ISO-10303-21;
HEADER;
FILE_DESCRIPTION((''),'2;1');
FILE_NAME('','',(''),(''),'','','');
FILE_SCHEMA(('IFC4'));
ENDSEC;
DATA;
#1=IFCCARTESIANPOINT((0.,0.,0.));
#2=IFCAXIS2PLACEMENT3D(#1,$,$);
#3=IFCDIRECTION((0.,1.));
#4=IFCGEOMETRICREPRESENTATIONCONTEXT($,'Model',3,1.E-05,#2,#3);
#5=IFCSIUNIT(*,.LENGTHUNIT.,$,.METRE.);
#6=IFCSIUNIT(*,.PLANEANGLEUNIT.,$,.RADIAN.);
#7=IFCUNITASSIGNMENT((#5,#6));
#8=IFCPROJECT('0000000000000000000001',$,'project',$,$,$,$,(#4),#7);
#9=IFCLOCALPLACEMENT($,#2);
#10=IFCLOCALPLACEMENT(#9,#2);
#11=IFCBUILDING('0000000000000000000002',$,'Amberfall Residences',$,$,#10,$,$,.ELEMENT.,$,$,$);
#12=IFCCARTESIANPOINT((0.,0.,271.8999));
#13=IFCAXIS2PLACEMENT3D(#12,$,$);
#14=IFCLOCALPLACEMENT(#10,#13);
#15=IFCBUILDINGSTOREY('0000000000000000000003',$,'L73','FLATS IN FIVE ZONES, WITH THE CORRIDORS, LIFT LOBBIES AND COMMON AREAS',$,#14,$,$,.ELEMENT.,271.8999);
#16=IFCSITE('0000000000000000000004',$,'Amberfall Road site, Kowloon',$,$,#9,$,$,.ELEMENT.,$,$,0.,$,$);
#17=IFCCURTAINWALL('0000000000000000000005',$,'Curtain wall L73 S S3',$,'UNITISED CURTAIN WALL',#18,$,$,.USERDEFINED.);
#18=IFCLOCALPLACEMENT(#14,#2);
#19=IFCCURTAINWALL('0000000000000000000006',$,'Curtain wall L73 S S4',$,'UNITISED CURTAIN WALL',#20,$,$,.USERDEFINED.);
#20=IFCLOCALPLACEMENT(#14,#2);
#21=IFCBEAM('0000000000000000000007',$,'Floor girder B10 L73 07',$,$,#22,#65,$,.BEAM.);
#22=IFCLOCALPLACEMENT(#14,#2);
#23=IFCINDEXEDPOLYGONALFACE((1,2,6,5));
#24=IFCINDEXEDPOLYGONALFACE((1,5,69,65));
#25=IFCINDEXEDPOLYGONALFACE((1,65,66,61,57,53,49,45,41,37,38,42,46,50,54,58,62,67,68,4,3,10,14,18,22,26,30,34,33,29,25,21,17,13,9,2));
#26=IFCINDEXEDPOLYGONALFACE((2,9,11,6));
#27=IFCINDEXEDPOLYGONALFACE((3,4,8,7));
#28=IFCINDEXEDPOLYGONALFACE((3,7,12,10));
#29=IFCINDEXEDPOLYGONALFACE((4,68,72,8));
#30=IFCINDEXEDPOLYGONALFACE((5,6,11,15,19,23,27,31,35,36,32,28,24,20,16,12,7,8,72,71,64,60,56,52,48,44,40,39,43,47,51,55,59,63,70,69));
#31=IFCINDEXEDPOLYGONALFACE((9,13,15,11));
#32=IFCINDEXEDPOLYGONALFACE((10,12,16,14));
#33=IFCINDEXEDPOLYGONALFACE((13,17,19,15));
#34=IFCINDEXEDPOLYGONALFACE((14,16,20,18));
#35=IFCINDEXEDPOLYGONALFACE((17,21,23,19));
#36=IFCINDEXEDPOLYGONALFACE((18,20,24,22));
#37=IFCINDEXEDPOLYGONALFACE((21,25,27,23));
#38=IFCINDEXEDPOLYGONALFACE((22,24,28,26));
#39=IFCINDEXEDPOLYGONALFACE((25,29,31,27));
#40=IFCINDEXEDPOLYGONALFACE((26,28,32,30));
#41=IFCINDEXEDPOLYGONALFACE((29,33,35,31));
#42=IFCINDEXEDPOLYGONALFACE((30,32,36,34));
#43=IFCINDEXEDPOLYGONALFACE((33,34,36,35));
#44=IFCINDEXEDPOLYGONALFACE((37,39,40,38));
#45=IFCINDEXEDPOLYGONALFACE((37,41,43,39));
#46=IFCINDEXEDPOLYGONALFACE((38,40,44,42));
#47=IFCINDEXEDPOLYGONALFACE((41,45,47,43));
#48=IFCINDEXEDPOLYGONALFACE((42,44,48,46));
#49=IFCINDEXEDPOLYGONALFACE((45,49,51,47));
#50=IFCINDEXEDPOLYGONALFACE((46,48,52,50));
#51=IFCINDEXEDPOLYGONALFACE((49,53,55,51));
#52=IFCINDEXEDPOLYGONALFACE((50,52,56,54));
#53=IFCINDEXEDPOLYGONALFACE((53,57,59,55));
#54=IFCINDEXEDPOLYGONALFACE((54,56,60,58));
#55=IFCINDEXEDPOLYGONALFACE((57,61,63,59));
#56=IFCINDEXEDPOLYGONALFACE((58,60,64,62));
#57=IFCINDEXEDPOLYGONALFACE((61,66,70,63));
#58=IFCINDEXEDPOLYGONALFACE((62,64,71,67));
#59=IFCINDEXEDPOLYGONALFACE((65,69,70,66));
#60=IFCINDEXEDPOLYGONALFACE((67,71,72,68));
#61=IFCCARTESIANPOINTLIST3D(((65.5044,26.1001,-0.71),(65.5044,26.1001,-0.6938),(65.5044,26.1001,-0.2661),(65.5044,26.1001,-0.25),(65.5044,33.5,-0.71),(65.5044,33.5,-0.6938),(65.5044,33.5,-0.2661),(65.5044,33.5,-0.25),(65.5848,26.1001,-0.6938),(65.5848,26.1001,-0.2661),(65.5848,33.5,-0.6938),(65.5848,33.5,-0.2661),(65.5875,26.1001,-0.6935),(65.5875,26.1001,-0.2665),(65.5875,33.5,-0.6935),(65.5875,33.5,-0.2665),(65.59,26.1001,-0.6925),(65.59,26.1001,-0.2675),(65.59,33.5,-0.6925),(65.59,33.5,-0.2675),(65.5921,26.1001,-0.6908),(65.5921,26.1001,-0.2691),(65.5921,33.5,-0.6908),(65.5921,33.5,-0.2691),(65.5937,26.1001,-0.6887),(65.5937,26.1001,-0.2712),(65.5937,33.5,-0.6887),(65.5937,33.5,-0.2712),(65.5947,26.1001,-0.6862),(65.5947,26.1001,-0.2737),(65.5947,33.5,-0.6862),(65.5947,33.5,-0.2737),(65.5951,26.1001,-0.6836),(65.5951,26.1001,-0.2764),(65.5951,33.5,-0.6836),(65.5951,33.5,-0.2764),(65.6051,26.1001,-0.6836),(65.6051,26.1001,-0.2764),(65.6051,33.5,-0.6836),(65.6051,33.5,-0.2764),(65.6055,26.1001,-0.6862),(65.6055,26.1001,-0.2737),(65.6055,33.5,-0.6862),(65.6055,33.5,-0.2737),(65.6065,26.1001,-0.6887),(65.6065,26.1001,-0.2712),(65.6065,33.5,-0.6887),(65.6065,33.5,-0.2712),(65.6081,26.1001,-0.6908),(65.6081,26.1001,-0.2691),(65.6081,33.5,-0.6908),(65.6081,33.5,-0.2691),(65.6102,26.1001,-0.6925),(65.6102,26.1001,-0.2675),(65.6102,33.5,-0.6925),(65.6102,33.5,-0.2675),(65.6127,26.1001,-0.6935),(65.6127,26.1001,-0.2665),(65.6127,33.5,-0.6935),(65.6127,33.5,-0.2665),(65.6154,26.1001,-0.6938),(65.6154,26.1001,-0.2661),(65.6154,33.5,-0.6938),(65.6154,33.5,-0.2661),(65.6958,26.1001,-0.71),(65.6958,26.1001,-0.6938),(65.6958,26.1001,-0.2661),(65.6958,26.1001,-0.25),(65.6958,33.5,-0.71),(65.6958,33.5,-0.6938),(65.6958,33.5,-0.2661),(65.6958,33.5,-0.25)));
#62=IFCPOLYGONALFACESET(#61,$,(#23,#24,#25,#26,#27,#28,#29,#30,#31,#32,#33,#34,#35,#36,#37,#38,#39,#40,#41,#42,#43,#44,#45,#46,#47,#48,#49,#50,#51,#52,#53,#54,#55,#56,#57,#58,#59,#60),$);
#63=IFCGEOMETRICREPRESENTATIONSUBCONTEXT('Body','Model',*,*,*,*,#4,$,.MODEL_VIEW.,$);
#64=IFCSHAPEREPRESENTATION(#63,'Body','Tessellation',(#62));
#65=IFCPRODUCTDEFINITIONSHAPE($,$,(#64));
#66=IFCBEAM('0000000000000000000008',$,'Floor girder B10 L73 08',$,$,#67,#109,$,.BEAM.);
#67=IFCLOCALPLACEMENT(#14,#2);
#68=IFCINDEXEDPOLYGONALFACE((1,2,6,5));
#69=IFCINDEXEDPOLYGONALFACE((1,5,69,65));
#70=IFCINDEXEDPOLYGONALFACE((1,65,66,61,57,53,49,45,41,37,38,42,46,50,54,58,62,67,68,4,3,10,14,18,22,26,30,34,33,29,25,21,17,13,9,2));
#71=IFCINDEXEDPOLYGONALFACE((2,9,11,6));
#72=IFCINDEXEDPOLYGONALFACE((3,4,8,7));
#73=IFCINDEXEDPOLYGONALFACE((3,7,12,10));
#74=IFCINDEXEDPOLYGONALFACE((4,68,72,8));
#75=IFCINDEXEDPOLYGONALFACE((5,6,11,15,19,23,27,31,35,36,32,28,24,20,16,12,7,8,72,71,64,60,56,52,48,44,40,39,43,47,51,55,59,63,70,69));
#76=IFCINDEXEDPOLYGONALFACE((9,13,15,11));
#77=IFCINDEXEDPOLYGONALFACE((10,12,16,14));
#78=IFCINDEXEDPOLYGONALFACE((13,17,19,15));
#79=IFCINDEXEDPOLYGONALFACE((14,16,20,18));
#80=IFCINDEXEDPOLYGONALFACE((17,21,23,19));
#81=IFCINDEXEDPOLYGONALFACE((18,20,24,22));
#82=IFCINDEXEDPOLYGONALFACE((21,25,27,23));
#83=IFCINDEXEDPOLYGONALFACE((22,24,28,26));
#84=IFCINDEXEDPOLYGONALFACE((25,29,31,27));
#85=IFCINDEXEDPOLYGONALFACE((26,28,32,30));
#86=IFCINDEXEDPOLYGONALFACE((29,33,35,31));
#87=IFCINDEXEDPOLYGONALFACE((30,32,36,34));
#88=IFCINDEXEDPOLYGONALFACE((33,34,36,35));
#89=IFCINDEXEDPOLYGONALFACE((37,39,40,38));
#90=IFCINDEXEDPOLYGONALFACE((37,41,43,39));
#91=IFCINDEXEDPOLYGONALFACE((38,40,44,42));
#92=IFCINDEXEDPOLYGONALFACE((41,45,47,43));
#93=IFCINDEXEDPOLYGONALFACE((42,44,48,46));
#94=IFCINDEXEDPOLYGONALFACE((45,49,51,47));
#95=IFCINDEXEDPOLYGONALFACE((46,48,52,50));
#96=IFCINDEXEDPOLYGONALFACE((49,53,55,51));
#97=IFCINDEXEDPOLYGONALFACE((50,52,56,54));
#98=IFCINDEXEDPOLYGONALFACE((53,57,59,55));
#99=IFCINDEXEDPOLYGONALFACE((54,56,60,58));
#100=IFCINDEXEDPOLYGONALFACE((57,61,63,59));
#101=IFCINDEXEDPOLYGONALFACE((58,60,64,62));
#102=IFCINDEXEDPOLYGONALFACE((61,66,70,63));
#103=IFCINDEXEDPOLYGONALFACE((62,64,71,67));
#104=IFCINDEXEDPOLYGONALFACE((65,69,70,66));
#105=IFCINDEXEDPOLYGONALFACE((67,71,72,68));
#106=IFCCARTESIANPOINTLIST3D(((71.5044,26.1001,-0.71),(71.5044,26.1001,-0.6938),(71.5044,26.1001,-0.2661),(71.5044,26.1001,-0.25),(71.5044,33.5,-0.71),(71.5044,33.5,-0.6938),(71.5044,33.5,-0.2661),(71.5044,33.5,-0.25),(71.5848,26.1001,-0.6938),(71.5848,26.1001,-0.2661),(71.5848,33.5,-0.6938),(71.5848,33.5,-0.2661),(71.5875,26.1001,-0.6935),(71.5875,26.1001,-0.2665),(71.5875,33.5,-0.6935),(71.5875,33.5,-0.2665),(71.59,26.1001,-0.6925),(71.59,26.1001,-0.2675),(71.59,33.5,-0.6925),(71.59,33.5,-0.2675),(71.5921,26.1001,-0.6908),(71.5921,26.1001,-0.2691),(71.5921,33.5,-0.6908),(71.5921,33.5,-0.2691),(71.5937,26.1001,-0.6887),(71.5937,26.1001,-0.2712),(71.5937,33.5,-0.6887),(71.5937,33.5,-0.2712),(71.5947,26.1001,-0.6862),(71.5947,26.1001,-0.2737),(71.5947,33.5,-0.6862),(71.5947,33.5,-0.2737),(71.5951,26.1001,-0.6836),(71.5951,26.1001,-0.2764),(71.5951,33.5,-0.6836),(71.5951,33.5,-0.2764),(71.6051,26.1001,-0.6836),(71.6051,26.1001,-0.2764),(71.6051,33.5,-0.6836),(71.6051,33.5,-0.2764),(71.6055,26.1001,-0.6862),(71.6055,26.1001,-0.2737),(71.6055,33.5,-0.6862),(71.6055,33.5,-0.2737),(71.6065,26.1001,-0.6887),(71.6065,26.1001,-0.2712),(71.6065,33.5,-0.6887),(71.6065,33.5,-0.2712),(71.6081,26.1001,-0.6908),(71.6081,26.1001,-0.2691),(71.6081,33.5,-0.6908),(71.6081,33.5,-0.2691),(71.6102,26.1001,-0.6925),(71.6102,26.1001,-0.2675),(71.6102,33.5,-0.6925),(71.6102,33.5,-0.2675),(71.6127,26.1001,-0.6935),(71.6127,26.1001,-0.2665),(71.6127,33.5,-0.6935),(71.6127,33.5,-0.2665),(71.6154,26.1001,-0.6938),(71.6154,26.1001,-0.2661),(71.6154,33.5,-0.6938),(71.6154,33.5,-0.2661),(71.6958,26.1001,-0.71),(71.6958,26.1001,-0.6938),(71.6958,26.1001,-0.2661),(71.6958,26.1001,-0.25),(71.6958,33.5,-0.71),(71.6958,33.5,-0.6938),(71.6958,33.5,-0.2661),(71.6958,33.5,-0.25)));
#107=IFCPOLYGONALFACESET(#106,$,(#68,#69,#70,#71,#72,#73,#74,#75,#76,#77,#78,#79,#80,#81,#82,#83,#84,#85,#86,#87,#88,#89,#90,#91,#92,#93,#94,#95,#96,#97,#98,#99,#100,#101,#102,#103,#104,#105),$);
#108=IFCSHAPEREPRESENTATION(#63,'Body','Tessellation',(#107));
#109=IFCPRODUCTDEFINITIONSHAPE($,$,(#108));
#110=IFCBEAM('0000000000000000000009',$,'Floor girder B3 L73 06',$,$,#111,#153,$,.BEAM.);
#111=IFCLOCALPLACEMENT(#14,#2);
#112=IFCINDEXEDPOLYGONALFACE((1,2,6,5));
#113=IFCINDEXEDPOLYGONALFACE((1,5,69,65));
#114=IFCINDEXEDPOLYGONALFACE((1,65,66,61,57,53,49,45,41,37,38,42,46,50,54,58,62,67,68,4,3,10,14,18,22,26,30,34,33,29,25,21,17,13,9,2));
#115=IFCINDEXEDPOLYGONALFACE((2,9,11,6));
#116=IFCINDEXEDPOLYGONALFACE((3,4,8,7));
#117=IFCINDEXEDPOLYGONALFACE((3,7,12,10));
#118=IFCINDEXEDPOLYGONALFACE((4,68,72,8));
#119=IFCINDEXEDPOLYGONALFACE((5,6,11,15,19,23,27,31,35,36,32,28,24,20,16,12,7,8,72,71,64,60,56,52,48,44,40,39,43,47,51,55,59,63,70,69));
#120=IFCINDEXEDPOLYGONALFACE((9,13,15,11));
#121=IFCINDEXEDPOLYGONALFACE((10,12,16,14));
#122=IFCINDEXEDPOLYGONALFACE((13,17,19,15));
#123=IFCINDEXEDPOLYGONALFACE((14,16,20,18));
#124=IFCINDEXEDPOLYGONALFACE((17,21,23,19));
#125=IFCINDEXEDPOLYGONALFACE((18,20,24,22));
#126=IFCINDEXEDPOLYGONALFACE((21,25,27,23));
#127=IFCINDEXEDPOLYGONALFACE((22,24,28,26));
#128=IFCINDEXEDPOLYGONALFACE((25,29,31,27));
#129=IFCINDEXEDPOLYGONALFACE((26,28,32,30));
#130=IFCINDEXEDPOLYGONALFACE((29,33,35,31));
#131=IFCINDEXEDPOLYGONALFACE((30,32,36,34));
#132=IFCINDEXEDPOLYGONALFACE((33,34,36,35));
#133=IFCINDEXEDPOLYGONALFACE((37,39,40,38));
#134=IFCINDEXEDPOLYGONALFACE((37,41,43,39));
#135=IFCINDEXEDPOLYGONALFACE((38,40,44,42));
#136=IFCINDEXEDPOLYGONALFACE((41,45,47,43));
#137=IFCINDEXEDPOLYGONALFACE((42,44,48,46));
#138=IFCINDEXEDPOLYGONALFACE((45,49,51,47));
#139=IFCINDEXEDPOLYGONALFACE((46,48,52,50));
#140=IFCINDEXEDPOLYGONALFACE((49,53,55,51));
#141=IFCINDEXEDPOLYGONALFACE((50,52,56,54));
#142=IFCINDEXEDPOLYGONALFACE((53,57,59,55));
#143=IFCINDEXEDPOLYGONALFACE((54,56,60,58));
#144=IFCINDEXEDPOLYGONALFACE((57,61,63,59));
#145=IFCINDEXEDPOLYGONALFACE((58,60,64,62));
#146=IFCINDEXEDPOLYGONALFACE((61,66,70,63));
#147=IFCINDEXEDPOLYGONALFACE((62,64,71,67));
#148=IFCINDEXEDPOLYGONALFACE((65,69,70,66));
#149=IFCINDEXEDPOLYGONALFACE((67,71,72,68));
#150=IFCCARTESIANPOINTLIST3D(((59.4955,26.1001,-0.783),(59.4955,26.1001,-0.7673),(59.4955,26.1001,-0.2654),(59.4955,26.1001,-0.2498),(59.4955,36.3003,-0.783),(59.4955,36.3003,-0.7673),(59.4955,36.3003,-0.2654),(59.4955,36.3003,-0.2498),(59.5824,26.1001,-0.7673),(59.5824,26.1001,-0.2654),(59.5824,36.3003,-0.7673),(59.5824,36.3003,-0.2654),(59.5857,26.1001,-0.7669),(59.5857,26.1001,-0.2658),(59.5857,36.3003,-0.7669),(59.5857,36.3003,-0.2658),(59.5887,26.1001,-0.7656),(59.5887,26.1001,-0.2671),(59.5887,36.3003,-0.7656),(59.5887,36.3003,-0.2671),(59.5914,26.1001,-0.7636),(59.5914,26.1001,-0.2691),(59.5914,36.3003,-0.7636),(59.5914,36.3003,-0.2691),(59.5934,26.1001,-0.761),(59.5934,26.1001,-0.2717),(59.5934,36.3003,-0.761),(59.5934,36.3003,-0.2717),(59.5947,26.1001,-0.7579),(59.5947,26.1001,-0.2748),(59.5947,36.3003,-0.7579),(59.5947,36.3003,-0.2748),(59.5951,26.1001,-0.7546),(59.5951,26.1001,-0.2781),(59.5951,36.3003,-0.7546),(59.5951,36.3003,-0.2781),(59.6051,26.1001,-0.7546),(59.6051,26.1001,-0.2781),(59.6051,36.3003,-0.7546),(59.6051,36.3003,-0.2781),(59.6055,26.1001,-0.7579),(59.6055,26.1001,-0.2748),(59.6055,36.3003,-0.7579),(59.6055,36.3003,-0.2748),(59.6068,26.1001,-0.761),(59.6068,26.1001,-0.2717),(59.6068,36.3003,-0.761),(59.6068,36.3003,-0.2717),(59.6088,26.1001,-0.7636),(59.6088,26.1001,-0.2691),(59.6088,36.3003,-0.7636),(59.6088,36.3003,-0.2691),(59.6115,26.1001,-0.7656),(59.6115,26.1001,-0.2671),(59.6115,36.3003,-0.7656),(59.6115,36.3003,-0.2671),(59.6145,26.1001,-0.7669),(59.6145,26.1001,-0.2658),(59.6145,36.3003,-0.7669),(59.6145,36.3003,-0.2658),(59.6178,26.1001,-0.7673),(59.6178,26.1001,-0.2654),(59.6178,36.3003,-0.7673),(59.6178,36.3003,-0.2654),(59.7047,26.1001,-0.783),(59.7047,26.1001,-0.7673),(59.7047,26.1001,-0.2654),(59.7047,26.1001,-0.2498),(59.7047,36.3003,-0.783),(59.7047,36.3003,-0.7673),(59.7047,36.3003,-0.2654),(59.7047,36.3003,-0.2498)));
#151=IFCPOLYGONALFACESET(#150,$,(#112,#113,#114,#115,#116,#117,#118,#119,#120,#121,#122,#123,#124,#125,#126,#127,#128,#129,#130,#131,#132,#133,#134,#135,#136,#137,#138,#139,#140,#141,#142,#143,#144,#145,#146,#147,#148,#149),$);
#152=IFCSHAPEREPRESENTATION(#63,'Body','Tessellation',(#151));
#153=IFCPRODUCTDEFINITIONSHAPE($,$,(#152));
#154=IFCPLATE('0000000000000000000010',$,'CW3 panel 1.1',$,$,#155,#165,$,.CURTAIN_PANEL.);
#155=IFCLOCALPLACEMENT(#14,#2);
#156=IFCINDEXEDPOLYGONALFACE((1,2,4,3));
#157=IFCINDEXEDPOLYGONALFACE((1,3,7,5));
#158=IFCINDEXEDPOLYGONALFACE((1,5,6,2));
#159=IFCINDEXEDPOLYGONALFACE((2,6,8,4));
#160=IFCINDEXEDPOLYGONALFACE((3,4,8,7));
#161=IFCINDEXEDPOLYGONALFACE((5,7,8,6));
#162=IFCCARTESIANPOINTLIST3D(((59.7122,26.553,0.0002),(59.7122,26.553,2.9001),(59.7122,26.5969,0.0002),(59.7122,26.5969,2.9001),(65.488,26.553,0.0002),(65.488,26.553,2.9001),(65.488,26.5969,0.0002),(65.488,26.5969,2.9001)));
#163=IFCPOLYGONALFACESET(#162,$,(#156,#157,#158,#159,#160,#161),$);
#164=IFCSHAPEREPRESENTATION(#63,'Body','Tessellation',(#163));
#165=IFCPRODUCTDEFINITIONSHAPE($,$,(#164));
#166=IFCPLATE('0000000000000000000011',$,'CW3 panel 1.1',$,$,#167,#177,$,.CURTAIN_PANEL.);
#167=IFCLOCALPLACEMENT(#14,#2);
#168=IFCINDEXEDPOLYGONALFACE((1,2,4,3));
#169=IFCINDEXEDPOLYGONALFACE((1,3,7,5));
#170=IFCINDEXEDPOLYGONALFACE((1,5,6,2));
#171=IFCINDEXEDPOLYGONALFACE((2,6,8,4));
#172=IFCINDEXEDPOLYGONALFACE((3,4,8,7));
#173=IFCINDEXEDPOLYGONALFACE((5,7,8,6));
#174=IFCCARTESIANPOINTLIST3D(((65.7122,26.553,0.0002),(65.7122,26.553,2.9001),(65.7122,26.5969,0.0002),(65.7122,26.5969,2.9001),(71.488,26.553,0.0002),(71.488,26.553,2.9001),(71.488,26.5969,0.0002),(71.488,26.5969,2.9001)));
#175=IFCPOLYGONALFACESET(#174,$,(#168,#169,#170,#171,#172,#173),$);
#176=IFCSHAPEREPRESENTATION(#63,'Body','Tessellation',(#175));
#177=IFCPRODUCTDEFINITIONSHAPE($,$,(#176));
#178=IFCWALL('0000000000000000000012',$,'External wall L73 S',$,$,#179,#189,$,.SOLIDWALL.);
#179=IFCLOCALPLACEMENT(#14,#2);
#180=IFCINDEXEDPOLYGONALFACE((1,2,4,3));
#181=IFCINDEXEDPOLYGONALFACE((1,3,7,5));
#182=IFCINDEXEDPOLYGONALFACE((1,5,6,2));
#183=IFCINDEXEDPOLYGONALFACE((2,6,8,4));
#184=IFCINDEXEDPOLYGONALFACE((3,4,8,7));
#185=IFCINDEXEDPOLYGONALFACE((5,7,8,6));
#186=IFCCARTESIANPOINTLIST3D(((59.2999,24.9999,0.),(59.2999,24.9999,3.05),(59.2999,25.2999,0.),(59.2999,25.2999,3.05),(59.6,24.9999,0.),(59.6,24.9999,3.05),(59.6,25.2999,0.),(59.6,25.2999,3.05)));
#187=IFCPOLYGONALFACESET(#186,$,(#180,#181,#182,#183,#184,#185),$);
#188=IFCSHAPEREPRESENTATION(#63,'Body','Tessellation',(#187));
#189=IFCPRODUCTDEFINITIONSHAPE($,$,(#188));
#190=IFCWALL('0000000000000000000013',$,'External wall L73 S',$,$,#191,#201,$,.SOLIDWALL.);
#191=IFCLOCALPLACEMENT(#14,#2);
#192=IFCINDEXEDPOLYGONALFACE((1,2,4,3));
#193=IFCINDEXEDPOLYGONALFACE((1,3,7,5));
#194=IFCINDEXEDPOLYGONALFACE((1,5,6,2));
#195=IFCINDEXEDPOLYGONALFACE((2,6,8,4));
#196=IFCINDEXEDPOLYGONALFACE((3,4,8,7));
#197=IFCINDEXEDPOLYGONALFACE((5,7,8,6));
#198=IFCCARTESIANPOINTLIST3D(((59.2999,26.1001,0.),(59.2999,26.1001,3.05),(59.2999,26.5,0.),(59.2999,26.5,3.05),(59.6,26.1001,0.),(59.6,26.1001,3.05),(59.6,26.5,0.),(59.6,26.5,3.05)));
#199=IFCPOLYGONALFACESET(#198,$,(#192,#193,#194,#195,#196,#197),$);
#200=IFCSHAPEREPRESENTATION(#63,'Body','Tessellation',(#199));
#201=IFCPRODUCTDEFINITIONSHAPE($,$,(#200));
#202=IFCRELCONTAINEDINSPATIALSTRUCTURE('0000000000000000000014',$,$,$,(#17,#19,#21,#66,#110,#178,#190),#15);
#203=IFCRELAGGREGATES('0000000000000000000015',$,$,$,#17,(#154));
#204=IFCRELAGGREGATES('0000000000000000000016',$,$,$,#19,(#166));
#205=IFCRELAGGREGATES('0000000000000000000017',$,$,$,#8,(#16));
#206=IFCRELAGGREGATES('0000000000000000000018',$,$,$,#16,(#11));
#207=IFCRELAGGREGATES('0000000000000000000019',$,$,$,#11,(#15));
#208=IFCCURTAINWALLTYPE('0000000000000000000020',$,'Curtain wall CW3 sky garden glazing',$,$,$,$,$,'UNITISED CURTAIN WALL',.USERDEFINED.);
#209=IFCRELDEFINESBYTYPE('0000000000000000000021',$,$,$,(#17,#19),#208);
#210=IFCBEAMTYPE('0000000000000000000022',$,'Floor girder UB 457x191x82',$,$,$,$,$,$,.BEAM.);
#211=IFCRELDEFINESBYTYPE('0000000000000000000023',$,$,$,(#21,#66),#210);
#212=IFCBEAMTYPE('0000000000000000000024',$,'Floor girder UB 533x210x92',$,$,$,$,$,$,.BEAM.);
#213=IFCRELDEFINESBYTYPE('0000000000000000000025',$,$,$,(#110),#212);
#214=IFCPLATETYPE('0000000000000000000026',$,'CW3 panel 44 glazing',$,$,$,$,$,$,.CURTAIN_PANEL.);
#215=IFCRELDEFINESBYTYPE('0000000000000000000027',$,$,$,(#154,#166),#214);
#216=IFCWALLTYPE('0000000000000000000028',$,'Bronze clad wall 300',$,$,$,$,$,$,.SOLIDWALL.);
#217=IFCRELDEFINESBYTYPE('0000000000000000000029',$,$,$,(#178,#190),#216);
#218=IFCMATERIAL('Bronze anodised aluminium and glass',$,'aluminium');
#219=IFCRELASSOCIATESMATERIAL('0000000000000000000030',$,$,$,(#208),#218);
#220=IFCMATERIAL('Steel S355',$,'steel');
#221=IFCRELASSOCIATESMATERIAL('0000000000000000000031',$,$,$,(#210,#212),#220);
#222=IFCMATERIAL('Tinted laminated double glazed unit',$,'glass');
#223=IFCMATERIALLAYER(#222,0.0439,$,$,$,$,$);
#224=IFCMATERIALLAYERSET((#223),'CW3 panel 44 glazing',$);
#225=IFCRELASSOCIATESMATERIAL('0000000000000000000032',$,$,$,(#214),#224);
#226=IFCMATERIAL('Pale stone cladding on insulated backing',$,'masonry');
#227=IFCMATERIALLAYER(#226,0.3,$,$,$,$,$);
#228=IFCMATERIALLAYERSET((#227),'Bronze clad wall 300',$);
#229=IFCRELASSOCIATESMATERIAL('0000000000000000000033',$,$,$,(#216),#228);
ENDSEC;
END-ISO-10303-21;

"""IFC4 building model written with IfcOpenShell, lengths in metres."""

from ifc_helpers import new_model, si_unit, direction, frame, frame_2d, origin, origin_2d, place, context, subcontext, project, spatial, rectangle, i_section, extrude, material, layer, layer_set, material_profile, profile_set, type_object, element, aggregate, save


model = new_model("IFC4")

# Units and contexts
model_context = context("Model", 3, precision=1e-05, world=origin(), true_north=direction((0.0, 1.0)))
body_context = subcontext(model_context, "Body", "Model", "MODEL_VIEW")
ifc_project = project(units=[si_unit("LENGTHUNIT", "METRE"), si_unit("PLANEANGLEUNIT", "RADIAN")], contexts=[model_context])

# Site, building, storey
site_placement = place(None, origin())
site = spatial("IfcSite", under=ifc_project, at=site_placement, Name="Amberfall Road site, Kowloon", CompositionType="ELEMENT", RefElevation=0.0)
building_placement = place(site_placement, origin())
building = spatial("IfcBuilding", under=site, at=building_placement, Name="Amberfall Residences", CompositionType="ELEMENT")
storey_placement = place(building_placement, frame((0.0, 0.0, 271.8999)))
storey = spatial("IfcBuildingStorey", under=building, at=storey_placement, Name="L73", Description="FLATS IN FIVE ZONES, WITH THE CORRIDORS, LIFT LOBBIES AND COMMON AREAS", CompositionType="ELEMENT", Elevation=271.8999)

# Curtain walls
ifc_material_1 = material(Name="Bronze anodised aluminium and glass", Category="aluminium")
curtain_wall_type_1 = type_object("IfcCurtainWallType", Name="Curtain wall CW3 sky garden glazing", ElementType="UNITISED CURTAIN WALL", PredefinedType="USERDEFINED", material=ifc_material_1)
curtain_wall_1_placement = place(storey_placement, origin())
curtain_wall_1 = element("IfcCurtainWall", 1, at=curtain_wall_1_placement, inside=storey, type_object=curtain_wall_type_1, Name="Curtain wall L73 S S3", ObjectType="UNITISED CURTAIN WALL", PredefinedType="USERDEFINED")
curtain_wall_2_placement = place(storey_placement, origin())
curtain_wall_2 = element("IfcCurtainWall", 2, at=curtain_wall_2_placement, inside=storey, type_object=curtain_wall_type_1, Name="Curtain wall L73 S S4", ObjectType="UNITISED CURTAIN WALL", PredefinedType="USERDEFINED")

# Shared definitions
ifc_material_2 = material(Name="Steel S355", Category="steel")

# Beams
ifc_material_profile_1 = material_profile(ifc_material_2, i_section(OverallWidth=0.1914, OverallDepth=0.46, WebThickness=0.01, FlangeThickness=0.0161, FilletRadius=0.0103, at=origin_2d()), Name="UB 457x191x82")
ifc_profile_set_1 = profile_set([ifc_material_profile_1], Name="Steel S355")
beam_type_1 = type_object("IfcBeamType", Name="Floor girder UB 457x191x82", PredefinedType="BEAM", material=ifc_profile_set_1)
for number, where, z_axis, x_axis, name in (
    (3, (65.6001, 26.1001, -0.48), (0.0, 1.0, 0.0), (-1.0, 0.0, 0.0), "Floor girder B10 L73 07"),
    (4, (71.6001, 26.1001, -0.48), (0.0, 1.0, 0.0), (-1.0, 0.0, 0.0), "Floor girder B10 L73 08"),
):
    element("IfcBeam", number, at=place(storey_placement, frame(where, z_axis=z_axis, x_axis=x_axis)), inside=storey, type_object=beam_type_1, Name=name, PredefinedType="BEAM", context=body_context, shape_type="SweptSolid", body=[
        extrude(i_section(OverallWidth=0.1914, OverallDepth=0.46, WebThickness=0.01, FlangeThickness=0.0161, FilletRadius=0.0103, at=origin_2d()), origin(), (0.0, 0.0, 1.0), 7.3999),
    ])
ifc_material_profile_2 = material_profile(ifc_material_2, i_section(OverallWidth=0.2092, OverallDepth=0.5332, WebThickness=0.01, FlangeThickness=0.0156, FilletRadius=0.0127, at=origin_2d()), Name="UB 533x210x92")
ifc_profile_set_2 = profile_set([ifc_material_profile_2], Name="Steel S355")
beam_type_2 = type_object("IfcBeamType", Name="Floor girder UB 533x210x92", PredefinedType="BEAM", material=ifc_profile_set_2)
beam_1_placement = place(storey_placement, frame((59.6001, 26.1001, -0.5164), z_axis=(0.0, 1.0, 0.0), x_axis=(-1.0, 0.0, 0.0)))
element("IfcBeam", 5, at=beam_1_placement, inside=storey, type_object=beam_type_2, Name="Floor girder B3 L73 06", PredefinedType="BEAM", context=body_context, shape_type="SweptSolid", body=[
    extrude(i_section(OverallWidth=0.2092, OverallDepth=0.5332, WebThickness=0.01, FlangeThickness=0.0156, FilletRadius=0.0127, at=origin_2d()), origin(), (0.0, 0.0, 1.0), 10.2002),
])

# Plates
ifc_material_3 = material(Name="Tinted laminated double glazed unit", Category="glass")
ifc_layer_1 = layer(ifc_material_3, 0.0439)
ifc_layer_set_1 = layer_set([ifc_layer_1], Name="CW3 panel 44 glazing")
plate_type = type_object("IfcPlateType", Name="CW3 panel 44 glazing", PredefinedType="CURTAIN_PANEL", material=ifc_layer_set_1)
plate_1_placement = place(storey_placement, frame((62.6001, 26.575, 0.0002), z_axis=(0.0, 0.0, 1.0), x_axis=(1.0, 0.0, 0.0)))
plate_1 = element("IfcPlate", 6, at=plate_1_placement, type_object=plate_type, Name="CW3 panel 1.1", PredefinedType="CURTAIN_PANEL", context=body_context, shape_type="SweptSolid", body=[
    extrude(rectangle(XDim=5.7759, YDim=0.0439, at=origin_2d()), origin(), (0.0, 0.0, 1.0), 2.8999),
])
aggregate(curtain_wall_1, [plate_1])
plate_2_placement = place(storey_placement, frame((68.6001, 26.575, 0.0002), z_axis=(0.0, 0.0, 1.0), x_axis=(1.0, 0.0, 0.0)))
plate_2 = element("IfcPlate", 7, at=plate_2_placement, type_object=plate_type, Name="CW3 panel 1.1", PredefinedType="CURTAIN_PANEL", context=body_context, shape_type="SweptSolid", body=[
    extrude(rectangle(XDim=5.7759, YDim=0.0439, at=origin_2d()), origin(), (0.0, 0.0, 1.0), 2.8999),
])
aggregate(curtain_wall_2, [plate_2])

# Walls
ifc_material_4 = material(Name="Pale stone cladding on insulated backing", Category="masonry")
ifc_layer_2 = layer(ifc_material_4, 0.3)
ifc_layer_set_2 = layer_set([ifc_layer_2], Name="Bronze clad wall 300")
wall_type_1 = type_object("IfcWallType", Name="Bronze clad wall 300", PredefinedType="SOLIDWALL", material=ifc_layer_set_2)
wall_1_placement = place(storey_placement, frame((59.45, 25.0, 0.0), z_axis=(0.0, 0.0, 1.0), x_axis=(0.0, 1.0, 0.0)))
element("IfcWall", 8, at=wall_1_placement, inside=storey, type_object=wall_type_1, Name="External wall L73 S", PredefinedType="SOLIDWALL", context=body_context, shape_type="SweptSolid", body=[
    extrude(rectangle(XDim=0.3, YDim=0.3, at=frame_2d((0.1499, 0.0))), origin(), (0.0, 0.0, 1.0), 3.05),
])
wall_2_placement = place(storey_placement, frame((59.45, 26.1001, 0.0), z_axis=(0.0, 0.0, 1.0), x_axis=(0.0, 1.0, 0.0)))
element("IfcWall", 9, at=wall_2_placement, inside=storey, type_object=wall_type_1, Name="External wall L73 S", PredefinedType="SOLIDWALL", context=body_context, shape_type="SweptSolid", body=[
    extrude(rectangle(XDim=0.3999, YDim=0.3, at=frame_2d((0.2, 0.0))), origin(), (0.0, 0.0, 1.0), 3.05),
])

save(model, "model.ifc")
